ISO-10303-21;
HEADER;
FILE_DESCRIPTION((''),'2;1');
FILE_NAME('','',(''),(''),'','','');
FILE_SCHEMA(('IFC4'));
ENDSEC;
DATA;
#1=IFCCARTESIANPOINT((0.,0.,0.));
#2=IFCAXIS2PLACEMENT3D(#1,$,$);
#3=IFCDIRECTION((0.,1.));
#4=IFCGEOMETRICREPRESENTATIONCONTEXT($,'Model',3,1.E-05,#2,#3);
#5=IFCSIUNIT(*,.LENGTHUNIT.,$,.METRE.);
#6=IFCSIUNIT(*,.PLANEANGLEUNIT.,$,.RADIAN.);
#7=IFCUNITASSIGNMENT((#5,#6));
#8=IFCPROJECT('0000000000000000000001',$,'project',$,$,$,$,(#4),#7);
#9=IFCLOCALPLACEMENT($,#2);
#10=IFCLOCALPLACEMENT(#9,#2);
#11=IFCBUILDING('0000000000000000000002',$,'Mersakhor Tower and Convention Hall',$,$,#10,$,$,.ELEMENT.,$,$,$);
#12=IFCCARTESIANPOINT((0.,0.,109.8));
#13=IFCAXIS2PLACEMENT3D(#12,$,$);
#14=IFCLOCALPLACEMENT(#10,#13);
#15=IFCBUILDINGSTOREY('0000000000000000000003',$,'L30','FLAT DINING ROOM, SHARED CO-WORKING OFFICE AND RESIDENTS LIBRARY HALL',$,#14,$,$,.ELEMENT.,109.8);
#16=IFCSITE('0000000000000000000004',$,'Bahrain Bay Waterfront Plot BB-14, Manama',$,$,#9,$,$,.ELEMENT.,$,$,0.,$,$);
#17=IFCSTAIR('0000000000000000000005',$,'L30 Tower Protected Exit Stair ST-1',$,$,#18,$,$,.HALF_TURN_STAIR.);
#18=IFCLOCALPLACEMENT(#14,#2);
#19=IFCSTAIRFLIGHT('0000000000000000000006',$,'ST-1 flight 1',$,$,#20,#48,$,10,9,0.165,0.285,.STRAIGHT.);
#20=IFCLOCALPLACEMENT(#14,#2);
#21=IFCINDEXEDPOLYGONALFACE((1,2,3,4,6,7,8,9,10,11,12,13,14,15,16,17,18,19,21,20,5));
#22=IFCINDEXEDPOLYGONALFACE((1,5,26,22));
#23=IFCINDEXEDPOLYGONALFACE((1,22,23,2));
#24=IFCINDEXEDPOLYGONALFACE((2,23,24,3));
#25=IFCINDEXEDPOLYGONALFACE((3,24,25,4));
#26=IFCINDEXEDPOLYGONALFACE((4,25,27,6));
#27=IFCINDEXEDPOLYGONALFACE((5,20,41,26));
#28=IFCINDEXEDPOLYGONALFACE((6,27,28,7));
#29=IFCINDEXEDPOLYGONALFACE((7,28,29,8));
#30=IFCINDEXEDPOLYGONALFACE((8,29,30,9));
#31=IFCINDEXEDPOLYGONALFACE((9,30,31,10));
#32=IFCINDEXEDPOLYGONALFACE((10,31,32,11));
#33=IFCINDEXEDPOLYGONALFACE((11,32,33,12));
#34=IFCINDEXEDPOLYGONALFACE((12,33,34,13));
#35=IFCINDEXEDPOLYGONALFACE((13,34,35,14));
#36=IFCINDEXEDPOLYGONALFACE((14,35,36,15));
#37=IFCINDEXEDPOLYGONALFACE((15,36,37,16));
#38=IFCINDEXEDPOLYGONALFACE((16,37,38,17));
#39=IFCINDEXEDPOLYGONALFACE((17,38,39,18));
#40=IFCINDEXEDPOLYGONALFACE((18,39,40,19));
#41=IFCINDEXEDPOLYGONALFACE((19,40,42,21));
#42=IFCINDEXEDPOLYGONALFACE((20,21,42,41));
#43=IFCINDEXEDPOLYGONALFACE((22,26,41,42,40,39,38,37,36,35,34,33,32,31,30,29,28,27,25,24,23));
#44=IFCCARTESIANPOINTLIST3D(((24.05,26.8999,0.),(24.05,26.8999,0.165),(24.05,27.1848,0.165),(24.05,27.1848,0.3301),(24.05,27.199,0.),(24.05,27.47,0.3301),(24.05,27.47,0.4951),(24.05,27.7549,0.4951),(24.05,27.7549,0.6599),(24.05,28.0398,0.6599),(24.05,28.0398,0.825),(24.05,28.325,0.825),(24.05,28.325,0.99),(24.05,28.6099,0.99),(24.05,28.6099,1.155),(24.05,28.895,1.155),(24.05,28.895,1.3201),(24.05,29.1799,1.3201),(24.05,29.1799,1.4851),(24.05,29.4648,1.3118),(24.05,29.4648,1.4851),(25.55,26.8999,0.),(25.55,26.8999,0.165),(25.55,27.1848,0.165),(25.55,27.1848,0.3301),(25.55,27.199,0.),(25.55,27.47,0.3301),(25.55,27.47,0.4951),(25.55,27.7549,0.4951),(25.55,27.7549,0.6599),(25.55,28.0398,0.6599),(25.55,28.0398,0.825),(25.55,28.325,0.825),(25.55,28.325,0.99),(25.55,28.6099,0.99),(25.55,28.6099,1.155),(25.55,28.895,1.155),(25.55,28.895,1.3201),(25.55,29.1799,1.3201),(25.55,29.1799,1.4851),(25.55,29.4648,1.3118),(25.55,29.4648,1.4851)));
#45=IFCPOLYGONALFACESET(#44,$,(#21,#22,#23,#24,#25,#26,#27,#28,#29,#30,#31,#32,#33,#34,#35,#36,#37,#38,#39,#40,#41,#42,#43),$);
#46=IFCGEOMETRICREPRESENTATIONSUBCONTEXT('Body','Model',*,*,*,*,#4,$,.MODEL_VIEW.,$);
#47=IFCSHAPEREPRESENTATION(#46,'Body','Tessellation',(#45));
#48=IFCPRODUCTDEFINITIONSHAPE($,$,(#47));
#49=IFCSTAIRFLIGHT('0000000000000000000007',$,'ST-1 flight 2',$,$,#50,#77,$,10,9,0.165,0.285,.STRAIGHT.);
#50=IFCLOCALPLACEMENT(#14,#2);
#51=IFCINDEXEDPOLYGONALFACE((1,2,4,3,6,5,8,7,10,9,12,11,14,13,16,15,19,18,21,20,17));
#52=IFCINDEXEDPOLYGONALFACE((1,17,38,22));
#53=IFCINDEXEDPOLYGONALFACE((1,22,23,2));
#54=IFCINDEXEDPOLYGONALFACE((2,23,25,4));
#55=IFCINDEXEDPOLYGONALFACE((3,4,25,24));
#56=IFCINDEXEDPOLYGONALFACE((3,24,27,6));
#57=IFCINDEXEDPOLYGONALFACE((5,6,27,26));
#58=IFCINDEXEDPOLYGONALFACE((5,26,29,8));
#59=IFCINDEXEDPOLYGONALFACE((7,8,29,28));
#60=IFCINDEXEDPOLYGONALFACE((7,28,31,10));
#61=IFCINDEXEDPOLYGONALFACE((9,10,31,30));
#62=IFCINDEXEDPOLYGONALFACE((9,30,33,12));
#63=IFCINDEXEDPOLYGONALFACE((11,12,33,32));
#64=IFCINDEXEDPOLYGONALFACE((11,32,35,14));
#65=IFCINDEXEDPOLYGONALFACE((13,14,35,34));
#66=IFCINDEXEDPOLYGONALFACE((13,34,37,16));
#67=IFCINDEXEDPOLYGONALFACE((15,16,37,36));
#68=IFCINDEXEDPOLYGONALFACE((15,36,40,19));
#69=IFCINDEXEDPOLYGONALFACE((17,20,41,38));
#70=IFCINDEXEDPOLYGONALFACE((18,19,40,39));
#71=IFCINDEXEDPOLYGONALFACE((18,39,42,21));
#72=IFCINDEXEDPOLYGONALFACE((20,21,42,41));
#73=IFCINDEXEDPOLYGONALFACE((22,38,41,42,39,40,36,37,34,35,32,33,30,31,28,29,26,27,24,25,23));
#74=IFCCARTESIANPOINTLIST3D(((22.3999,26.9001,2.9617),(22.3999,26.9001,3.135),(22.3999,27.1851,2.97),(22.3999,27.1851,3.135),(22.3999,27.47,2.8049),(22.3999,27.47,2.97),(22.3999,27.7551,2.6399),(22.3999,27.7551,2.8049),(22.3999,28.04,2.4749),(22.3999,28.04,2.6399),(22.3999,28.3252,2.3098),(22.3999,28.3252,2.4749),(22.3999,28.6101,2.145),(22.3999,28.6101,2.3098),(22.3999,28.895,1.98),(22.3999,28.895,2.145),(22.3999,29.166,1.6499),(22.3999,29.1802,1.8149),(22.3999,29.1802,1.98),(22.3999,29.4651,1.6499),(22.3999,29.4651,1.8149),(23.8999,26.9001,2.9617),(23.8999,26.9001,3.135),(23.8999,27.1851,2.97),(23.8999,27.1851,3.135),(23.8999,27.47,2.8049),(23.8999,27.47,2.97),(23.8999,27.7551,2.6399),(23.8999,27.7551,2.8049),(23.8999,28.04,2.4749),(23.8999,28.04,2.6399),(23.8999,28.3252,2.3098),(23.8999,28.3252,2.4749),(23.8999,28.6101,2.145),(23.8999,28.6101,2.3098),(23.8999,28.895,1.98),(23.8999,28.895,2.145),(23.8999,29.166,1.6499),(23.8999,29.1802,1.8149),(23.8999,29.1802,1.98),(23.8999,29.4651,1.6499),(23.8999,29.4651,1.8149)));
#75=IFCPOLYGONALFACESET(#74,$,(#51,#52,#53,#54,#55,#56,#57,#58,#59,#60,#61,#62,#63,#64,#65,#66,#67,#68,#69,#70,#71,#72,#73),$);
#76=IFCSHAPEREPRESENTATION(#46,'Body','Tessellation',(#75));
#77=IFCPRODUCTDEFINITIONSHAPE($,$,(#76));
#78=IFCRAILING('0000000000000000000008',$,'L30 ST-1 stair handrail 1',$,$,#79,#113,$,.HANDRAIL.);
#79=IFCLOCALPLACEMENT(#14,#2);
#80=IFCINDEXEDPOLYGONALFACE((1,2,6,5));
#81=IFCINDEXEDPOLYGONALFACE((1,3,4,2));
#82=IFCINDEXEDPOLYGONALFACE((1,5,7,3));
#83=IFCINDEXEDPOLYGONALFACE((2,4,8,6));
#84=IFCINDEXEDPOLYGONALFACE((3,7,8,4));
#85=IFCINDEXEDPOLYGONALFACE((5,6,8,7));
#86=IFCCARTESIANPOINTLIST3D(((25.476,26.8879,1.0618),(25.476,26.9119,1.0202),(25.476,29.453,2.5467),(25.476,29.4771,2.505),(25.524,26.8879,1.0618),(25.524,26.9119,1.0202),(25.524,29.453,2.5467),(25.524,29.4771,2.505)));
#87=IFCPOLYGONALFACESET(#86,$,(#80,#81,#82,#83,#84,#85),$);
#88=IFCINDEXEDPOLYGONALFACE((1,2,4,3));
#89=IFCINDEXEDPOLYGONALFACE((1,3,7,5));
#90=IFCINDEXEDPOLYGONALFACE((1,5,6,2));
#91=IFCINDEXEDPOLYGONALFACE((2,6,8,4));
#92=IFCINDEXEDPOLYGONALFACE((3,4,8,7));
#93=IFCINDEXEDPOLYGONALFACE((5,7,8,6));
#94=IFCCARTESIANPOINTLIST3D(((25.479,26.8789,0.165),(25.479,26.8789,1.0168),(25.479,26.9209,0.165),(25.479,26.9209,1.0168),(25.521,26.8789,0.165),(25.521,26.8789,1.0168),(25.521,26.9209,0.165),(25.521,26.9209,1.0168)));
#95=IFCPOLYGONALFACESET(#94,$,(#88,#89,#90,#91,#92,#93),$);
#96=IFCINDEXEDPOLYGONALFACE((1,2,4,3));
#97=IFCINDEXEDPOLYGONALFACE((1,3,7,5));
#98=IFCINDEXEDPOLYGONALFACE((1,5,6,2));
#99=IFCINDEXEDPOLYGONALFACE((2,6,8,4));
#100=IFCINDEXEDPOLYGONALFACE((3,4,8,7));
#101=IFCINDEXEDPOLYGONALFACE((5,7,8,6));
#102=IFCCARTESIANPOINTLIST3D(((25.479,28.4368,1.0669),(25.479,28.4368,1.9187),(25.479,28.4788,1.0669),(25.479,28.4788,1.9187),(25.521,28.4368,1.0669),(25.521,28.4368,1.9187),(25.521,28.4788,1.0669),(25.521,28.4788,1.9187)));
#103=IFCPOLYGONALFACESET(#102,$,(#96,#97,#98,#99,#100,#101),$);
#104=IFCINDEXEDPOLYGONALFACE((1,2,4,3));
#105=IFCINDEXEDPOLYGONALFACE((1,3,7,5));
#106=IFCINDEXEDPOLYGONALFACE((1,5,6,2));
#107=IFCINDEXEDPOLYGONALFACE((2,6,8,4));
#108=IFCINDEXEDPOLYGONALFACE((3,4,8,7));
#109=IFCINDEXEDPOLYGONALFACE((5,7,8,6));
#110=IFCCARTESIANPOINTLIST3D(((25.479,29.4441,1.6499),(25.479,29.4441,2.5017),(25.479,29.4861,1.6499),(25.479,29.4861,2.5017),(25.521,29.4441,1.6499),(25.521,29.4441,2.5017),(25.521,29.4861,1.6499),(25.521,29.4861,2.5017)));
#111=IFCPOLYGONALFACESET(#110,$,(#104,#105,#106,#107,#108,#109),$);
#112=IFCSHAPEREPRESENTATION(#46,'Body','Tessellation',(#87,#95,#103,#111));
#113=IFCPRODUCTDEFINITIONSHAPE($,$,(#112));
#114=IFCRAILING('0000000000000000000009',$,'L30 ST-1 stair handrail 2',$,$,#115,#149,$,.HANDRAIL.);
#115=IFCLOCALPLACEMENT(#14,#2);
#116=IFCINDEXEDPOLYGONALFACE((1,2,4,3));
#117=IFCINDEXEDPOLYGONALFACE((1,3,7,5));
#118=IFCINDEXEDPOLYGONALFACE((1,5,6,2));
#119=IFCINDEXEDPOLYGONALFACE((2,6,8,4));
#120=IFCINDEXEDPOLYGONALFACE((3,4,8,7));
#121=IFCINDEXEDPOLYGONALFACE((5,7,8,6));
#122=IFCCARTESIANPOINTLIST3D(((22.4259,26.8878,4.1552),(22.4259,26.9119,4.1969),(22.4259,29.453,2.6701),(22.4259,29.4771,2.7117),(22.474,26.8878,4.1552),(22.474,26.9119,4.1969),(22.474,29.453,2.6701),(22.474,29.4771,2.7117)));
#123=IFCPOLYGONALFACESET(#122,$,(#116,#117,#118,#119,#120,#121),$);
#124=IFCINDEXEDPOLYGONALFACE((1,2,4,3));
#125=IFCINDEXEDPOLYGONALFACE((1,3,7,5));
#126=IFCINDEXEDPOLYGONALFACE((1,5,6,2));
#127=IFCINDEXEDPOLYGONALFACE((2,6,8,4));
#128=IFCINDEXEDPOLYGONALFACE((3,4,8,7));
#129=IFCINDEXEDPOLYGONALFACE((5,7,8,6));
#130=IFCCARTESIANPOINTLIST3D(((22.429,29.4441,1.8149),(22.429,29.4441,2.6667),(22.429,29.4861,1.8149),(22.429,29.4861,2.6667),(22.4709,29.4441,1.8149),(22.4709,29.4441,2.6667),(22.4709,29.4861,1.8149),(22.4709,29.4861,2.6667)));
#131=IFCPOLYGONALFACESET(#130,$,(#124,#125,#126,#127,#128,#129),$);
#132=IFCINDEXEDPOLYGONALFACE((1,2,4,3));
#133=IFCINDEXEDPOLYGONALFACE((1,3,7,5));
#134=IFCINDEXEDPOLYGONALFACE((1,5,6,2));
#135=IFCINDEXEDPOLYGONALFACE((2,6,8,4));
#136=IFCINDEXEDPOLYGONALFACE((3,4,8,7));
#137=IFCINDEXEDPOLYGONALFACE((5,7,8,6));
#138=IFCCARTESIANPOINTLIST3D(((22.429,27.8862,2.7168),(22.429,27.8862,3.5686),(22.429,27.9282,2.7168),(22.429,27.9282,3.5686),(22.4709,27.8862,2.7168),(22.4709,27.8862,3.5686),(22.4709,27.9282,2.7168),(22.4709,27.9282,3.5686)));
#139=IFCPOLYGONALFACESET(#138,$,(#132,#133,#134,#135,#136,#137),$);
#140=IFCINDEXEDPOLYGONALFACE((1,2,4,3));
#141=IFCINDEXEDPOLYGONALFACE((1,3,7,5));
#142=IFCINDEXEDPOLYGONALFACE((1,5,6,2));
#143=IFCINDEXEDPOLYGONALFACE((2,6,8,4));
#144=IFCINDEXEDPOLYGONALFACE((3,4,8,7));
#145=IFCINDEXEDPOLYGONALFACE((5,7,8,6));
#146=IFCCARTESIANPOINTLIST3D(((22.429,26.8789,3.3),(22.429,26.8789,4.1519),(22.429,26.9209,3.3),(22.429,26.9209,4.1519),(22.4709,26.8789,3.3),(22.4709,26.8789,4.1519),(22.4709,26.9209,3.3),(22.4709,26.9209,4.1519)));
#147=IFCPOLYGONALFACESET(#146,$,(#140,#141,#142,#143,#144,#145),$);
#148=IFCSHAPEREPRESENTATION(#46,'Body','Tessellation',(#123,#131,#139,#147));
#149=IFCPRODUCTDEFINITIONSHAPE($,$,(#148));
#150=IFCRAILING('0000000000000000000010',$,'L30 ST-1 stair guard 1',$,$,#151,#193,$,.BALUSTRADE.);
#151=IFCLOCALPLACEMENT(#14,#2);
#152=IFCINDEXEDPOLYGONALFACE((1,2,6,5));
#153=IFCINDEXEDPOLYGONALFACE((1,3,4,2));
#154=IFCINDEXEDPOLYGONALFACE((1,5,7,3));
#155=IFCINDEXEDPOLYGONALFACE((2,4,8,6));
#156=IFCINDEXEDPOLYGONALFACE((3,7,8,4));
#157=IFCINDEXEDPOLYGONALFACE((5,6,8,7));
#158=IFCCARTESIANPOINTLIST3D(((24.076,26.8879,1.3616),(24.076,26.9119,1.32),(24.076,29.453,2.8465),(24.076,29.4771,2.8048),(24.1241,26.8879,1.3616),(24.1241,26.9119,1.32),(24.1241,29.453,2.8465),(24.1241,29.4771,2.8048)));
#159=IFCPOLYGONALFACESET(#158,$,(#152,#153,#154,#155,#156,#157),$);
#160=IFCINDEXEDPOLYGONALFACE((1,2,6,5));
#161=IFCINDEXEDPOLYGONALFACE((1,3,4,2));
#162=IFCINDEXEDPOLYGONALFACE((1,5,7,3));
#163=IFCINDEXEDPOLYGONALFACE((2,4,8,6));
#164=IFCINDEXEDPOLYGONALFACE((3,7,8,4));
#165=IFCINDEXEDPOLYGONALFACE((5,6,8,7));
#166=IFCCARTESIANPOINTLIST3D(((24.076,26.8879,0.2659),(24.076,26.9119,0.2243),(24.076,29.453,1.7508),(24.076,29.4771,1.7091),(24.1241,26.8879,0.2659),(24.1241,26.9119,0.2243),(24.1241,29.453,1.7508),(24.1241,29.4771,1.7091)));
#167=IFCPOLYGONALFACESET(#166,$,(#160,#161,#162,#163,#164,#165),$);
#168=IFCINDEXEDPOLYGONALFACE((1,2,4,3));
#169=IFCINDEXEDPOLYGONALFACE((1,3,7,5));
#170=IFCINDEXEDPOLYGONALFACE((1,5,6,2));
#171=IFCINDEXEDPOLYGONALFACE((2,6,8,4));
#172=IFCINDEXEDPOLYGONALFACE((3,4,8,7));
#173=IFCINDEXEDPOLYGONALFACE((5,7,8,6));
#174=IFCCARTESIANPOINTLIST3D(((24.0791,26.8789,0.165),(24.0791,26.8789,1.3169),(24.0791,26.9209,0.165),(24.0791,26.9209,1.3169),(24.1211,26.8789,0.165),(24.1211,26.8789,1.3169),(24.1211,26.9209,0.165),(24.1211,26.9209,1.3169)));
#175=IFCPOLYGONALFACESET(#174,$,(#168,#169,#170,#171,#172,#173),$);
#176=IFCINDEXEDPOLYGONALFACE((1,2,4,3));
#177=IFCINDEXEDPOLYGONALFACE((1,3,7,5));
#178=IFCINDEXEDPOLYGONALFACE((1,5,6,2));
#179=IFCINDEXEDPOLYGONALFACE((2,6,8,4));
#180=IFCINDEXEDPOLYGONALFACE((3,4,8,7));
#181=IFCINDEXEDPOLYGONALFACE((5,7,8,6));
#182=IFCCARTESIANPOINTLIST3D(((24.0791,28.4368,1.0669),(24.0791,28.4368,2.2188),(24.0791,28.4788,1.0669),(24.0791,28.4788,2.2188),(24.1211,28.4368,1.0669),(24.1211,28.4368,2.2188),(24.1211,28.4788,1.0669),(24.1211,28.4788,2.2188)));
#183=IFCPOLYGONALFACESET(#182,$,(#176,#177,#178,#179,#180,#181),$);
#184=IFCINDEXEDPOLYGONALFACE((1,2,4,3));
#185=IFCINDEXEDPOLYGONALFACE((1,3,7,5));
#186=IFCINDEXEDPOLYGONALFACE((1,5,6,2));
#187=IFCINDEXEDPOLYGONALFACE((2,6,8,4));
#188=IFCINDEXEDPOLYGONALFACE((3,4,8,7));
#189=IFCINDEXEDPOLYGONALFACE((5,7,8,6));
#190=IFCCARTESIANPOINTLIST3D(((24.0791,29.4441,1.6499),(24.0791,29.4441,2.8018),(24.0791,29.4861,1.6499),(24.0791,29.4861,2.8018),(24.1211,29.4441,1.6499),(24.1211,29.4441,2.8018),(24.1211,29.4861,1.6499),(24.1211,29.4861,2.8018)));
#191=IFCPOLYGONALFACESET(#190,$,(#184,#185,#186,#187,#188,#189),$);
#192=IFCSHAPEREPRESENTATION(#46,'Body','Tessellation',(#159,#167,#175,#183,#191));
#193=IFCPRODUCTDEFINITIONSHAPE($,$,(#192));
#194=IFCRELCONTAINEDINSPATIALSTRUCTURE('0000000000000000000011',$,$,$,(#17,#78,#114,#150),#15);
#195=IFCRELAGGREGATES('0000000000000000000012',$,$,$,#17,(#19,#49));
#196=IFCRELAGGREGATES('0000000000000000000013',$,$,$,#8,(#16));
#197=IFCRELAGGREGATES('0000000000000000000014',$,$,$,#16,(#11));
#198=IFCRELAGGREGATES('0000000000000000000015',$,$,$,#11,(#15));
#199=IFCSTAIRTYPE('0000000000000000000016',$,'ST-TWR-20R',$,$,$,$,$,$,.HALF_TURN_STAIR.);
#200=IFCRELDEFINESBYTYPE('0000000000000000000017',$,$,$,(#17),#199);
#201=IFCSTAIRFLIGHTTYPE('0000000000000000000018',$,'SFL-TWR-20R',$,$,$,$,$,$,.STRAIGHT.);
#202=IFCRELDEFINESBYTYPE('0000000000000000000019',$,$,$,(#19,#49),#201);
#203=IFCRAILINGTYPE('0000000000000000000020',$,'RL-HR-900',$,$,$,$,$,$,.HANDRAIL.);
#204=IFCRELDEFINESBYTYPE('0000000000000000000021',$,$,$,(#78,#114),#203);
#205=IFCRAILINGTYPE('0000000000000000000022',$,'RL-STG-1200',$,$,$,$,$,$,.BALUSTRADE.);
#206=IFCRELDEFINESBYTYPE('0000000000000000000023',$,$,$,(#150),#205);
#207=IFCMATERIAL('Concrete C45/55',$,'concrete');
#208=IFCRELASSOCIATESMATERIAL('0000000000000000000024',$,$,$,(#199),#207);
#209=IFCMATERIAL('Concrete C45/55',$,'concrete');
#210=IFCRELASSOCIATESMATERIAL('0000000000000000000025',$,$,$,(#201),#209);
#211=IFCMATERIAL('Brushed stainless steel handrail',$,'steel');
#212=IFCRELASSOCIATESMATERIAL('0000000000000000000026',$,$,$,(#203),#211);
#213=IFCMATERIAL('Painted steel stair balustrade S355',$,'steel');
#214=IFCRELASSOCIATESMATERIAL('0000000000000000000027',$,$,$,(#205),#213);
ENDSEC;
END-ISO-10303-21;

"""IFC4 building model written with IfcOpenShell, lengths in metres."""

from ifc_helpers import new_model, si_unit, direction, frame, origin, origin_2d, place, context, subcontext, project, spatial, polyline, rectangle, outline, extrude, material, type_object, element, aggregate, save


model = new_model("IFC4")

# Units and contexts
model_context = context("Model", 3, precision=1e-05, world=origin(), true_north=direction((0.0, 1.0)))
body_context = subcontext(model_context, "Body", "Model", "MODEL_VIEW")
ifc_project = project(units=[si_unit("LENGTHUNIT", "METRE"), si_unit("PLANEANGLEUNIT", "RADIAN")], contexts=[model_context])

# Site, building, storey
site_placement = place(None, origin())
site = spatial("IfcSite", under=ifc_project, at=site_placement, Name="Bahrain Bay Waterfront Plot BB-14, Manama", CompositionType="ELEMENT", RefElevation=0.0)
building_placement = place(site_placement, origin())
building = spatial("IfcBuilding", under=site, at=building_placement, Name="Mersakhor Tower and Convention Hall", CompositionType="ELEMENT")
storey_placement = place(building_placement, frame((0.0, 0.0, 109.8)))
storey = spatial("IfcBuildingStorey", under=building, at=storey_placement, Name="L30", Description="FLAT DINING ROOM, SHARED CO-WORKING OFFICE AND RESIDENTS LIBRARY HALL", CompositionType="ELEMENT", Elevation=109.8)

# Stair, stair flights
ifc_material_1 = material(Name="Concrete C45/55", Category="concrete")
stair_type = type_object("IfcStairType", Name="ST-TWR-20R", PredefinedType="HALF_TURN_STAIR", material=ifc_material_1)
stair_placement = place(storey_placement, origin())
stair = element("IfcStair", 1, at=stair_placement, inside=storey, type_object=stair_type, Name="L30 Tower Protected Exit Stair ST-1", PredefinedType="HALF_TURN_STAIR")
ifc_material_2 = material(Name="Concrete C45/55", Category="concrete")
stair_flight_type = type_object("IfcStairFlightType", Name="SFL-TWR-20R", PredefinedType="STRAIGHT", material=ifc_material_2)
stair_flight_1_placement = place(storey_placement, frame((24.8, 26.8999, 0.0), z_axis=(0.0, 0.0, 1.0), x_axis=(0.0, 1.0, 0.0)))
stair_flight_1 = element("IfcStairFlight", 2, at=stair_flight_1_placement, type_object=stair_flight_type, Name="ST-1 flight 1", NumberOfRisers=10, NumberOfTreads=9, PredefinedType="STRAIGHT", RiserHeight=0.165, TreadLength=0.285, context=body_context, shape_type="SweptSolid", body=[
    extrude(outline(polyline([(0.0, 0.0), (0.0, 0.165), (0.2849, 0.165), (0.2849, 0.3301), (0.5701, 0.3301), (0.5701, 0.4951), (0.855, 0.4951), (0.855, 0.6599), (1.1399, 0.6599), (1.1399, 0.825), (1.425, 0.825), (1.425, 0.99), (1.71, 0.99), (1.71, 1.155), (1.9951, 1.155), (1.9951, 1.3201), (2.28, 1.3201), (2.28, 1.4851), (2.5649, 1.4851), (2.5649, 1.6499), (2.5649, 1.3118), (0.2991, 0.0), (0.0, 0.0)])), frame((0.0, 0.75, 0.0), z_axis=(0.0, -1.0, 0.0), x_axis=(1.0, 0.0, 0.0)), (0.0, 0.0, 1.0), 1.5),
])
stair_flight_2_placement = place(storey_placement, frame((23.1499, 29.4651, 1.6499), z_axis=(0.0, 0.0, 1.0), x_axis=(0.0, -1.0, 0.0)))
stair_flight_2 = element("IfcStairFlight", 3, at=stair_flight_2_placement, type_object=stair_flight_type, Name="ST-1 flight 2", NumberOfRisers=10, NumberOfTreads=9, PredefinedType="STRAIGHT", RiserHeight=0.165, TreadLength=0.285, context=body_context, shape_type="SweptSolid", body=[
    extrude(outline(polyline([(0.0, 0.0), (0.0, 0.165), (0.2849, 0.165), (0.2849, 0.3301), (0.5701, 0.3301), (0.5701, 0.4951), (0.855, 0.4951), (0.855, 0.6599), (1.1399, 0.6599), (1.1399, 0.825), (1.425, 0.825), (1.425, 0.99), (1.71, 0.99), (1.71, 1.155), (1.9951, 1.155), (1.9951, 1.3201), (2.28, 1.3201), (2.28, 1.4851), (2.5649, 1.4851), (2.5649, 1.6499), (2.5649, 1.3118), (0.2991, 0.0), (0.0, 0.0)])), frame((0.0, 0.75, 0.0), z_axis=(0.0, -1.0, 0.0), x_axis=(1.0, 0.0, 0.0)), (0.0, 0.0, 1.0), 1.5),
])
aggregate(stair, [stair_flight_1, stair_flight_2])

# Railings
ifc_material_3 = material(Name="Brushed stainless steel handrail", Category="steel")
railing_type_1 = type_object("IfcRailingType", Name="RL-HR-900", PredefinedType="HANDRAIL", material=ifc_material_3)
railing_1_placement = place(storey_placement, frame((25.5, 26.8999, 0.165)))
element("IfcRailing", 4, at=railing_1_placement, inside=storey, type_object=railing_type_1, Name="L30 ST-1 stair handrail 1", PredefinedType="HANDRAIL", context=body_context, shape_type="SweptSolid", body=[
    extrude(rectangle(XDim=0.0481, YDim=0.0481, at=origin_2d()), frame((0.0, 0.0, 0.876), z_axis=(0.0, 0.865462, 0.500975), x_axis=(-1.0, 0.0, 0.0)), (0.0, 0.0, 1.0), 2.9639),
    extrude(rectangle(XDim=0.042, YDim=0.042, at=origin_2d()), origin(), (0.0, 0.0, 1.0), 0.8518),
    extrude(rectangle(XDim=0.042, YDim=0.042, at=origin_2d()), frame((0.0, 1.5579, 0.9019)), (0.0, 0.0, 1.0), 0.8518),
    extrude(rectangle(XDim=0.042, YDim=0.042, at=origin_2d()), frame((0.0, 2.5652, 1.4849)), (0.0, 0.0, 1.0), 0.8518),
])
railing_2_placement = place(storey_placement, frame((22.45, 29.4651, 1.8149)))
element("IfcRailing", 5, at=railing_2_placement, inside=storey, type_object=railing_type_1, Name="L30 ST-1 stair handrail 2", PredefinedType="HANDRAIL", context=body_context, shape_type="SweptSolid", body=[
    extrude(rectangle(XDim=0.0481, YDim=0.0481, at=origin_2d()), frame((0.0, 0.0, 0.876), z_axis=(0.0, -0.865426, 0.501036), x_axis=(1.0, 0.0, 0.0)), (0.0, 0.0, 1.0), 2.9641),
    extrude(rectangle(XDim=0.042, YDim=0.042, at=origin_2d()), origin(), (0.0, 0.0, 1.0), 0.8518),
    extrude(rectangle(XDim=0.042, YDim=0.042, at=origin_2d()), frame((0.0, -1.5579, 0.9019)), (0.0, 0.0, 1.0), 0.8518),
    extrude(rectangle(XDim=0.042, YDim=0.042, at=origin_2d()), frame((0.0, -2.5652, 1.4851)), (0.0, 0.0, 1.0), 0.8518),
])
ifc_material_4 = material(Name="Painted steel stair balustrade S355", Category="steel")
railing_type_2 = type_object("IfcRailingType", Name="RL-STG-1200", PredefinedType="BALUSTRADE", material=ifc_material_4)
railing_3_placement = place(storey_placement, frame((24.1001, 26.8999, 0.165)))
element("IfcRailing", 6, at=railing_3_placement, inside=storey, type_object=railing_type_2, Name="L30 ST-1 stair guard 1", PredefinedType="BALUSTRADE", context=body_context, shape_type="SweptSolid", body=[
    extrude(rectangle(XDim=0.0481, YDim=0.0481, at=origin_2d()), frame((0.0, 0.0, 1.1758), z_axis=(0.0, 0.865462, 0.500975), x_axis=(-1.0, 0.0, 0.0)), (0.0, 0.0, 1.0), 2.9639),
    extrude(rectangle(XDim=0.0481, YDim=0.0481, at=origin_2d()), frame((0.0, 0.0, 0.0801), z_axis=(0.0, 0.865462, 0.500975), x_axis=(-1.0, 0.0, 0.0)), (0.0, 0.0, 1.0), 2.9639),
    extrude(rectangle(XDim=0.042, YDim=0.042, at=origin_2d()), origin(), (0.0, 0.0, 1.0), 1.1519),
    extrude(rectangle(XDim=0.042, YDim=0.042, at=origin_2d()), frame((0.0, 1.5579, 0.9019)), (0.0, 0.0, 1.0), 1.1519),
    extrude(rectangle(XDim=0.042, YDim=0.042, at=origin_2d()), frame((0.0, 2.5652, 1.4849)), (0.0, 0.0, 1.0), 1.1519),
])

save(model, "model.ifc")
